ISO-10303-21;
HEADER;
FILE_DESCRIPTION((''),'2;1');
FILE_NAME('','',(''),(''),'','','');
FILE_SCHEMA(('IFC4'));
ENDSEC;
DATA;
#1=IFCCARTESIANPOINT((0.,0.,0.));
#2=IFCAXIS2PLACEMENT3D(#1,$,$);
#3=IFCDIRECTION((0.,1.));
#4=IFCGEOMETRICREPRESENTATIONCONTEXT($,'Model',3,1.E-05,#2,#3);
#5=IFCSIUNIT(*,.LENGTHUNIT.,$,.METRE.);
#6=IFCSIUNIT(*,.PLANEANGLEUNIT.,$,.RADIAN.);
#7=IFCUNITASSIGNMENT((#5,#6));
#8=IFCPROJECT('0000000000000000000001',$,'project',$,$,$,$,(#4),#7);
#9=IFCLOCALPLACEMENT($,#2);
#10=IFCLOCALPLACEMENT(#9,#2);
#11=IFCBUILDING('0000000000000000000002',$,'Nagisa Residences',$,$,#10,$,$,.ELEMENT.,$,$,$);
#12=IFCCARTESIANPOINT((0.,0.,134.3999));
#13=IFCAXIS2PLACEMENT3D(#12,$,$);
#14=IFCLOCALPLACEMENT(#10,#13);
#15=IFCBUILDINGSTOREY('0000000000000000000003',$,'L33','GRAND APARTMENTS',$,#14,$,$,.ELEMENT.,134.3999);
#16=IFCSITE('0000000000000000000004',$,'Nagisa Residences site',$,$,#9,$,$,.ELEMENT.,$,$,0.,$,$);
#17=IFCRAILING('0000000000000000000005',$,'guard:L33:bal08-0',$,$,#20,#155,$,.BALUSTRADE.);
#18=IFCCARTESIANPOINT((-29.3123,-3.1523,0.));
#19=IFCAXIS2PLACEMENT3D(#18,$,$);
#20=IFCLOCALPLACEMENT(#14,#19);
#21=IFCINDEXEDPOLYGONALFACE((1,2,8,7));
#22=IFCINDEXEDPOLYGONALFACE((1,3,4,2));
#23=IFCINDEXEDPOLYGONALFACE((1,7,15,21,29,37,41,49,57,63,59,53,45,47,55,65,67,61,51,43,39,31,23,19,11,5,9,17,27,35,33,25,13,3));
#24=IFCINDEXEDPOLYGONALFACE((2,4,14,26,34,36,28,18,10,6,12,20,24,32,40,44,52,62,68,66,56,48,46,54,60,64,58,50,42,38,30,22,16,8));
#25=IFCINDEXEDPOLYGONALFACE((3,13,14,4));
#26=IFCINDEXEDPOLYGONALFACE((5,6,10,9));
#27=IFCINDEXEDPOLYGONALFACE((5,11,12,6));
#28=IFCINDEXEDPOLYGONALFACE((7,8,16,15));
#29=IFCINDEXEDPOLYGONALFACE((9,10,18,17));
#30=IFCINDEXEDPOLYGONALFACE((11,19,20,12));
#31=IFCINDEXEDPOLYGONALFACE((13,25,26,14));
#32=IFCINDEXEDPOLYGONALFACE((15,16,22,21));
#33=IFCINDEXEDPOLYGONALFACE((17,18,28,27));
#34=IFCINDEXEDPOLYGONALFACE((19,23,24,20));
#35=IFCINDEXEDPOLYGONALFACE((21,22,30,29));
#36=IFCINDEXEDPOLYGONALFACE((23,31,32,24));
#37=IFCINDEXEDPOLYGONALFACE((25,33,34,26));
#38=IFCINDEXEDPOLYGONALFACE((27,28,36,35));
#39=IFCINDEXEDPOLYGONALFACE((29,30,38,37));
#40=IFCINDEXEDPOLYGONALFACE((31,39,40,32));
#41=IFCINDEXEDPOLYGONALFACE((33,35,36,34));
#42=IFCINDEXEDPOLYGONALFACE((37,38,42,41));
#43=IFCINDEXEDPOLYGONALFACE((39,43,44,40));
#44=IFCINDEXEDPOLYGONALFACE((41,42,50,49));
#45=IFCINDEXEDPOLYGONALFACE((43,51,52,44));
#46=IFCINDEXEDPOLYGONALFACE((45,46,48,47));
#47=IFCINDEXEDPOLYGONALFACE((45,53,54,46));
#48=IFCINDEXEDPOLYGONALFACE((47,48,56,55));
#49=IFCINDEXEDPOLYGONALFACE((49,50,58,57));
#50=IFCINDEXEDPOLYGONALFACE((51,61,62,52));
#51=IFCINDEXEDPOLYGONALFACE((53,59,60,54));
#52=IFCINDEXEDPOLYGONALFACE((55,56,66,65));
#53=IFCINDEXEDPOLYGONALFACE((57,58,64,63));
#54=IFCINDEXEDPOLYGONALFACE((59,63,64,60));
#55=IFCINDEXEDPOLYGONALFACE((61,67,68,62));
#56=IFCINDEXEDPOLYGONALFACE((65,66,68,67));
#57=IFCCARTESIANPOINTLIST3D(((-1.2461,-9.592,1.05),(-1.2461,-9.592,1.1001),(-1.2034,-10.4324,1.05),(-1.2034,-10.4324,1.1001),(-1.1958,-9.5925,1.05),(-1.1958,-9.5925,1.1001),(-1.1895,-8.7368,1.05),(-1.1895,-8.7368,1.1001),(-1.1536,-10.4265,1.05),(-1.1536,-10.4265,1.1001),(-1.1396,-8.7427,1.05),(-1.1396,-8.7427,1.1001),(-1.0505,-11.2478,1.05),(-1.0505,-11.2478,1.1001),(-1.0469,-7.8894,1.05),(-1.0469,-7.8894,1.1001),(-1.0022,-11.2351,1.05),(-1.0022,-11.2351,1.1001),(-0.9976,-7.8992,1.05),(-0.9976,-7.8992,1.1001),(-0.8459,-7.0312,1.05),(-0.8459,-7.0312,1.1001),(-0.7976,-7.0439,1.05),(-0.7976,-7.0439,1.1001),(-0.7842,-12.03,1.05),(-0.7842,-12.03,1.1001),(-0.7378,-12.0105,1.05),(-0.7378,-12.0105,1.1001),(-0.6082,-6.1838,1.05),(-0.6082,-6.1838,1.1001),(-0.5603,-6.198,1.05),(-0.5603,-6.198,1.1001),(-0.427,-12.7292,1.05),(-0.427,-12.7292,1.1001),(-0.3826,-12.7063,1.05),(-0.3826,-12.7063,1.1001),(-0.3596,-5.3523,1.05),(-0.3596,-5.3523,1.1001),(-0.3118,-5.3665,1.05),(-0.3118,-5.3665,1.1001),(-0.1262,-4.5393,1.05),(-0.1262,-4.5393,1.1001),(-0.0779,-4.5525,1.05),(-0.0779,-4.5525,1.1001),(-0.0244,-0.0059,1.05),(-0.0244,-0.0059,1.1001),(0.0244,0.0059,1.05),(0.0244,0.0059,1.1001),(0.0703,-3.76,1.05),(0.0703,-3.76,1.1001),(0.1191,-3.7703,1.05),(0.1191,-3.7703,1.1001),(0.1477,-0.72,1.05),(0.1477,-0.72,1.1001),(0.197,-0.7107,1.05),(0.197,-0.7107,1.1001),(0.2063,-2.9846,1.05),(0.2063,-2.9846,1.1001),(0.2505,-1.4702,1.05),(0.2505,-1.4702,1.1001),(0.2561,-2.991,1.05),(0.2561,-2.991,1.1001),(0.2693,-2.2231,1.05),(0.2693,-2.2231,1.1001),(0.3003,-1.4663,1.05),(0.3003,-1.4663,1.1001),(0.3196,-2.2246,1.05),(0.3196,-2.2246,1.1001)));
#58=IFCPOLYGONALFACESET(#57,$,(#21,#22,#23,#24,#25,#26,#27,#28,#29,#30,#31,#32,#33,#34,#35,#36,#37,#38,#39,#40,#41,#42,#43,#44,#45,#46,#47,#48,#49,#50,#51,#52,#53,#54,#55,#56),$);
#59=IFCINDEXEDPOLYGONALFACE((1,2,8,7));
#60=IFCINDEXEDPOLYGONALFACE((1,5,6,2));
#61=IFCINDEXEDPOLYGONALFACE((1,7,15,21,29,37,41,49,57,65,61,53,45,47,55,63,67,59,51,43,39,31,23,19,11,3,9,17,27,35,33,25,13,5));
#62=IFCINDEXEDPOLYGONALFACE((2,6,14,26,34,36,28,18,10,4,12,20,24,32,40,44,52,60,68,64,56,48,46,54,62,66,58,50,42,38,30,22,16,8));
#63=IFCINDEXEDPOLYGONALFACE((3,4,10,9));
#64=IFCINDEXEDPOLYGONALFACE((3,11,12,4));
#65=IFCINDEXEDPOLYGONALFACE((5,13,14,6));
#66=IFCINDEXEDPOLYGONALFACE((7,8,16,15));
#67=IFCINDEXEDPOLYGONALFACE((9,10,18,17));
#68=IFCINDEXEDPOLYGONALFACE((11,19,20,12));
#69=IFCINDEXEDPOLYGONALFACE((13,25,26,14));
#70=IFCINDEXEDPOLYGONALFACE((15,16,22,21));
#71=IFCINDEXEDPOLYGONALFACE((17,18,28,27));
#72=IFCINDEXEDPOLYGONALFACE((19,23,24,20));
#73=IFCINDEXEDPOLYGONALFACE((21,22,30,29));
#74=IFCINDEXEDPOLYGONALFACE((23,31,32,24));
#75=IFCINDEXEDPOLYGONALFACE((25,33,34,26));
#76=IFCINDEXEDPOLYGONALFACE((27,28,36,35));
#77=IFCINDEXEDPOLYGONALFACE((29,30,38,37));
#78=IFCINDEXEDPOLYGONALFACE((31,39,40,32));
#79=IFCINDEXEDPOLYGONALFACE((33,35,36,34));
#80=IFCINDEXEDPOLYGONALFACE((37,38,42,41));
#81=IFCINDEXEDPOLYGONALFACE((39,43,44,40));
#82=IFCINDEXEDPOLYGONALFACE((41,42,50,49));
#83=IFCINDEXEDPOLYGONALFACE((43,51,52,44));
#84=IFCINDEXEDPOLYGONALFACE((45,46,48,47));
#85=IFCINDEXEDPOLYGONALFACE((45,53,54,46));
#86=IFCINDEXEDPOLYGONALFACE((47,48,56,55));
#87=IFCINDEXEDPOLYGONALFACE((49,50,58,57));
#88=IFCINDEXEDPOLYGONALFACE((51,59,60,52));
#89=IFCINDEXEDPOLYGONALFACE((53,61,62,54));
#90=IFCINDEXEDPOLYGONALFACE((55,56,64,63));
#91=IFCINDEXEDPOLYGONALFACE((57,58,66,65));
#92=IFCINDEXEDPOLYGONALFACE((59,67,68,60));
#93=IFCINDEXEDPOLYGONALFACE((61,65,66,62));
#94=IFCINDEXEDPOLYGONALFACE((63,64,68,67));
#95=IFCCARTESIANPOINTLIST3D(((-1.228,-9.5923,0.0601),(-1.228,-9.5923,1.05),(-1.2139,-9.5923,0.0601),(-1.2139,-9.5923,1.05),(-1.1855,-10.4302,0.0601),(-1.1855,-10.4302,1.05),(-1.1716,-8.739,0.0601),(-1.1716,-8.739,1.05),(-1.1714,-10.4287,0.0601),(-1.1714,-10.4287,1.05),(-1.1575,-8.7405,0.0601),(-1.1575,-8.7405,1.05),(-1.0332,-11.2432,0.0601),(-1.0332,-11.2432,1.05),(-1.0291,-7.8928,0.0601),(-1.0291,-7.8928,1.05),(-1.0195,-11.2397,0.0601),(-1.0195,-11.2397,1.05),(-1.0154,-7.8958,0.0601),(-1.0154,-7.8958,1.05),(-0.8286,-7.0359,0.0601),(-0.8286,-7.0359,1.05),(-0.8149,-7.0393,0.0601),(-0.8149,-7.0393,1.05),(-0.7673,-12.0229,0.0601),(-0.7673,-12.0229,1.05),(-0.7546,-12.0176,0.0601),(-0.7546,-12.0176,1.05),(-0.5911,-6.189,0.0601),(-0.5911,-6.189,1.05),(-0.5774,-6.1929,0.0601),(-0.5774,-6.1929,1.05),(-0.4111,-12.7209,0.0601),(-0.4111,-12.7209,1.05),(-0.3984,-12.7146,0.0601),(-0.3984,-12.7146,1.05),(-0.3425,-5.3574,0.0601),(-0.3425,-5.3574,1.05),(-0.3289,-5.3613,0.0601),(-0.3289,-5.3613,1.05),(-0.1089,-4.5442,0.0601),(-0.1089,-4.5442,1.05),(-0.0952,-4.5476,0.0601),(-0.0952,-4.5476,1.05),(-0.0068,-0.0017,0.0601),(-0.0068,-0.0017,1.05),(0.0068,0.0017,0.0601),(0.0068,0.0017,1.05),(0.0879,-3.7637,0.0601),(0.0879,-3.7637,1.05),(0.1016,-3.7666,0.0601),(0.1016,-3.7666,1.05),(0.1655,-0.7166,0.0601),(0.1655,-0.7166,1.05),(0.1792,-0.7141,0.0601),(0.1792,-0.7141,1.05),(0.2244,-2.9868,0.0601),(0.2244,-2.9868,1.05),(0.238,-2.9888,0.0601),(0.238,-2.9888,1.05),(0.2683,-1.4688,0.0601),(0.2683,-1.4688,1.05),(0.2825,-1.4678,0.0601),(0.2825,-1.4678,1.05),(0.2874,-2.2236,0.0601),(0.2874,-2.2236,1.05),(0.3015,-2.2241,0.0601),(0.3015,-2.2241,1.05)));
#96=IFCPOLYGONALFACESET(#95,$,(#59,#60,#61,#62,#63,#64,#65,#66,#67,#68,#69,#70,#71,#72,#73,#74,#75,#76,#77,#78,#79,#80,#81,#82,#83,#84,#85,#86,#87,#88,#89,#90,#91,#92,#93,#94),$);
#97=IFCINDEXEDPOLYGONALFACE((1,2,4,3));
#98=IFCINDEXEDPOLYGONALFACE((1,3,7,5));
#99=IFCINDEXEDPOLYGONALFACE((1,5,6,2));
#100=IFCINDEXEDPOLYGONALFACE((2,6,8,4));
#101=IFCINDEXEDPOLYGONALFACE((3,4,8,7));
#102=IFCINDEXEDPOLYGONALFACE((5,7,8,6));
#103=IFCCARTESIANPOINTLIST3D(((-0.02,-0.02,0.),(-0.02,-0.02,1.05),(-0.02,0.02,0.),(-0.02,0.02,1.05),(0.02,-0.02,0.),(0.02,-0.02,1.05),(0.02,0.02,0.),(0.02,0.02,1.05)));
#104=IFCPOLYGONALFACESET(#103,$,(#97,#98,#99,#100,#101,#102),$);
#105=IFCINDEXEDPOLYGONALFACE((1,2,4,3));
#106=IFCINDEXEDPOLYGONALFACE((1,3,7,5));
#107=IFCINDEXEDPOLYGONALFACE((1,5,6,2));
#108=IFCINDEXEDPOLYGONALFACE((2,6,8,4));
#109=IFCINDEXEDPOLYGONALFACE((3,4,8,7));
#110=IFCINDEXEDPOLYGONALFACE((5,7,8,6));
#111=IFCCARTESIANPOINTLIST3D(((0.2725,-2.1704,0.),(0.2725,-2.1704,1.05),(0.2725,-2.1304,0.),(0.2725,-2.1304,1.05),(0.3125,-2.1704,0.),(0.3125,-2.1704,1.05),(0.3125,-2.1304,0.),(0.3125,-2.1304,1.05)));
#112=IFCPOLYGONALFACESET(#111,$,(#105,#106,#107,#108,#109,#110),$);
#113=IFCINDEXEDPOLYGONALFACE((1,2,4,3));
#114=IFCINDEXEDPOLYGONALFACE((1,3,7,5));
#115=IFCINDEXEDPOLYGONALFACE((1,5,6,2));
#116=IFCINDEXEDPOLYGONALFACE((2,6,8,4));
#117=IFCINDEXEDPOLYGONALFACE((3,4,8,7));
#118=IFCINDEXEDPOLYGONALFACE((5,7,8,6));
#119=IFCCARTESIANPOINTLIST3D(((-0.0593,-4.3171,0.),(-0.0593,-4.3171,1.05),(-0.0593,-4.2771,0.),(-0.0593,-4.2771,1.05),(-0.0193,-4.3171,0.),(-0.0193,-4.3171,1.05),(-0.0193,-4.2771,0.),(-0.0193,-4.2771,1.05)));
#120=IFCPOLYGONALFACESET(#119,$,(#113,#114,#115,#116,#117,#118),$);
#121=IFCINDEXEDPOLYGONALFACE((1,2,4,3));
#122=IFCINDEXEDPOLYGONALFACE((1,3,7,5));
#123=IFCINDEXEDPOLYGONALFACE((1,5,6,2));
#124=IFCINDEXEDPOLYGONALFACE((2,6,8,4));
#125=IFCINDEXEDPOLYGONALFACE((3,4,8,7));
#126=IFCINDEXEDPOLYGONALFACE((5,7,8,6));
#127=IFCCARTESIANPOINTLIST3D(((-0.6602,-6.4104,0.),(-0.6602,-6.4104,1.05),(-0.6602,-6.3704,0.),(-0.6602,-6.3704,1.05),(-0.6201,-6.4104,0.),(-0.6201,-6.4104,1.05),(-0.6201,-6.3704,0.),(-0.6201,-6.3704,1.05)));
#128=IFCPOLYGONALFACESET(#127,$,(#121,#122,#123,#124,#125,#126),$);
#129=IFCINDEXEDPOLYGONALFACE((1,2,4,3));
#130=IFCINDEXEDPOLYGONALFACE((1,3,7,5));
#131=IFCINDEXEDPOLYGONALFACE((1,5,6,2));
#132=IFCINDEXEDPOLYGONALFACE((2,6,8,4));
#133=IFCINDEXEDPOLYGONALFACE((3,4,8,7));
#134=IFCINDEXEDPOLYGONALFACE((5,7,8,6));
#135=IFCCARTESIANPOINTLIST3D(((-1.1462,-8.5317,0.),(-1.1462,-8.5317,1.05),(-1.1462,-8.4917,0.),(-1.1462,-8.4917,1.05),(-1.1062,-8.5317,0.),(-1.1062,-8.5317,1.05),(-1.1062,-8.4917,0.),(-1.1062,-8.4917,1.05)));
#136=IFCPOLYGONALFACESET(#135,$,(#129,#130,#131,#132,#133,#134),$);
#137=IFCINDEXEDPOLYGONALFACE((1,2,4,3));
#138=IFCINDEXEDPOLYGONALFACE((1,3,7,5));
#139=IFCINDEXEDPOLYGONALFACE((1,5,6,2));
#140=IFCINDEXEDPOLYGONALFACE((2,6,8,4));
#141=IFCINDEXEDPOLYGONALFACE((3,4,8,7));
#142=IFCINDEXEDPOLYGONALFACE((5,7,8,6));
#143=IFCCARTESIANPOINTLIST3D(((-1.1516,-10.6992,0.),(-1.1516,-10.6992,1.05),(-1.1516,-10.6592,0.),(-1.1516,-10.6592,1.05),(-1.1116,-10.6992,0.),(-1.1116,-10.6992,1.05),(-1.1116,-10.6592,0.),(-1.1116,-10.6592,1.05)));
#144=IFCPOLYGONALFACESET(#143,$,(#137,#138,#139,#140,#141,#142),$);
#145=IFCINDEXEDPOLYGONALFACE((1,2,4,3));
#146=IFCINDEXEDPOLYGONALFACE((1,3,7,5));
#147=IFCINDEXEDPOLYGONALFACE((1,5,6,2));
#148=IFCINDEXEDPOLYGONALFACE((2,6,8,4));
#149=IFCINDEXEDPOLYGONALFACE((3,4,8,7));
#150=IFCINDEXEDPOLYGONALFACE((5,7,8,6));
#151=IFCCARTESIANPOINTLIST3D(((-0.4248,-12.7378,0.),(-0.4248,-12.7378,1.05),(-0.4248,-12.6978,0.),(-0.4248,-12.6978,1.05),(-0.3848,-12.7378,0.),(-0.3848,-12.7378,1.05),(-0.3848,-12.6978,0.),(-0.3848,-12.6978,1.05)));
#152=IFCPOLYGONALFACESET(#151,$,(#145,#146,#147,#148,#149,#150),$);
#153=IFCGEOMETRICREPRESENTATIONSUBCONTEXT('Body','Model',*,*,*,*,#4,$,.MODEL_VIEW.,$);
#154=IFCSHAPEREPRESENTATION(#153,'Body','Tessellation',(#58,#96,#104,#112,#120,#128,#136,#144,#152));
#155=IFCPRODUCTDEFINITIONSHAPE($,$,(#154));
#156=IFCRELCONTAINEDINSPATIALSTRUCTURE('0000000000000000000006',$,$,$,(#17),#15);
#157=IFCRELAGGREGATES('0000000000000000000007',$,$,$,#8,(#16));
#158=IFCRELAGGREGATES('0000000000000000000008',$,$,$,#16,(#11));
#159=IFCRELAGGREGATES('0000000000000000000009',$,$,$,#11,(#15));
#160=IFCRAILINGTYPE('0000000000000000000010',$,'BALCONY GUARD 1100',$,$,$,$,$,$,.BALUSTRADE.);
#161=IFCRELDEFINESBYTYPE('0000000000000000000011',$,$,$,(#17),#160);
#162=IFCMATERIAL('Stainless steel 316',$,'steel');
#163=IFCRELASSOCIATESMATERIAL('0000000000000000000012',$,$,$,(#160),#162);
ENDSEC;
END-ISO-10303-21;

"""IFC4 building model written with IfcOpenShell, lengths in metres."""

from ifc_helpers import new_model, si_unit, direction, frame, origin, origin_2d, place, context, subcontext, project, spatial, polyline, rectangle, outline, extrude, material, type_object, element, save


model = new_model("IFC4")

# Units and contexts
model_context = context("Model", 3, precision=1e-05, world=origin(), true_north=direction((0.0, 1.0)))
body_context = subcontext(model_context, "Body", "Model", "MODEL_VIEW")
ifc_project = project(units=[si_unit("LENGTHUNIT", "METRE"), si_unit("PLANEANGLEUNIT", "RADIAN")], contexts=[model_context])

# Site, building, storey
site_placement = place(None, origin())
site = spatial("IfcSite", under=ifc_project, at=site_placement, Name="Nagisa Residences site", CompositionType="ELEMENT", RefElevation=0.0)
building_placement = place(site_placement, origin())
building = spatial("IfcBuilding", under=site, at=building_placement, Name="Nagisa Residences", CompositionType="ELEMENT")
storey_placement = place(building_placement, frame((0.0, 0.0, 134.3999)))
storey = spatial("IfcBuildingStorey", under=building, at=storey_placement, Name="L33", Description="GRAND APARTMENTS", CompositionType="ELEMENT", Elevation=134.3999)

# Railing
ifc_material_1 = material(Name="Stainless steel 316", Category="steel")
railing_type = type_object("IfcRailingType", Name="BALCONY GUARD 1100", PredefinedType="BALUSTRADE", material=ifc_material_1)
railing_1_placement = place(storey_placement, frame((-29.3123, -3.1523, 0.0)))
element("IfcRailing", 1, at=railing_1_placement, inside=storey, type_object=railing_type, Name="guard:L33:bal08-0", PredefinedType="BALUSTRADE", context=body_context, shape_type="SweptSolid", body=[
    extrude(outline(polyline([(0.197, -0.7107), (0.0244, 0.0059), (-0.0244, -0.0059), (0.1477, -0.72), (0.2505, -1.4702), (0.2693, -2.2231), (0.2063, -2.9846), (0.0703, -3.76), (-0.1262, -4.5393), (-0.3596, -5.3523), (-0.6082, -6.1838), (-0.8459, -7.0312), (-1.0469, -7.8894), (-1.1895, -8.7368), (-1.2461, -9.592), (-1.2034, -10.4324), (-1.0505, -11.2478), (-0.7842, -12.03), (-0.427, -12.7292), (-0.3826, -12.7063), (-0.7378, -12.0105), (-1.0022, -11.2351), (-1.1536, -10.4265), (-1.1958, -9.5925), (-1.1396, -8.7427), (-0.9976, -7.8992), (-0.7976, -7.0439), (-0.5603, -6.198), (-0.3118, -5.3665), (-0.0779, -4.5525), (0.1191, -3.7703), (0.2561, -2.991), (0.3196, -2.2246), (0.3003, -1.4663), (0.197, -0.7107)])), frame((0.0, 0.0, 1.05)), (0.0, 0.0, 1.0), 0.05),
    extrude(outline(polyline([(0.1792, -0.7141), (0.0068, 0.0017), (-0.0068, -0.0017), (0.1655, -0.7166), (0.2683, -1.4688), (0.2874, -2.2236), (0.2244, -2.9868), (0.0879, -3.7637), (-0.1089, -4.5442), (-0.3425, -5.3574), (-0.5911, -6.189), (-0.8286, -7.0359), (-1.0291, -7.8928), (-1.1716, -8.739), (-1.228, -9.5923), (-1.1855, -10.4302), (-1.0332, -11.2432), (-0.7673, -12.0229), (-0.4111, -12.7209), (-0.3984, -12.7146), (-0.7546, -12.0176), (-1.0195, -11.2397), (-1.1714, -10.4287), (-1.2139, -9.5923), (-1.1575, -8.7405), (-1.0154, -7.8958), (-0.8149, -7.0393), (-0.5774, -6.1929), (-0.3289, -5.3613), (-0.0952, -4.5476), (0.1016, -3.7666), (0.238, -2.9888), (0.3015, -2.2241), (0.2825, -1.4678), (0.1792, -0.7141)])), frame((0.0, 0.0, 0.0601)), (0.0, 0.0, 1.0), 0.99),
    extrude(rectangle(XDim=0.04, YDim=0.04, at=origin_2d()), origin(), (0.0, 0.0, 1.0), 1.05),
    extrude(rectangle(XDim=0.04, YDim=0.04, at=origin_2d()), frame((0.2925, -2.1504, 0.0)), (0.0, 0.0, 1.0), 1.05),
    extrude(rectangle(XDim=0.04, YDim=0.04, at=origin_2d()), frame((-0.0393, -4.2971, 0.0)), (0.0, 0.0, 1.0), 1.05),
    extrude(rectangle(XDim=0.04, YDim=0.04, at=origin_2d()), frame((-0.6401, -6.3904, 0.0)), (0.0, 0.0, 1.0), 1.05),
    extrude(rectangle(XDim=0.04, YDim=0.04, at=origin_2d()), frame((-1.1262, -8.5117, 0.0)), (0.0, 0.0, 1.0), 1.05),
    extrude(rectangle(XDim=0.04, YDim=0.04, at=origin_2d()), frame((-1.1316, -10.6792, 0.0)), (0.0, 0.0, 1.0), 1.05),
    extrude(rectangle(XDim=0.04, YDim=0.04, at=origin_2d()), frame((-0.4048, -12.7178, 0.0)), (0.0, 0.0, 1.0), 1.05),
])

save(model, "model.ifc")
